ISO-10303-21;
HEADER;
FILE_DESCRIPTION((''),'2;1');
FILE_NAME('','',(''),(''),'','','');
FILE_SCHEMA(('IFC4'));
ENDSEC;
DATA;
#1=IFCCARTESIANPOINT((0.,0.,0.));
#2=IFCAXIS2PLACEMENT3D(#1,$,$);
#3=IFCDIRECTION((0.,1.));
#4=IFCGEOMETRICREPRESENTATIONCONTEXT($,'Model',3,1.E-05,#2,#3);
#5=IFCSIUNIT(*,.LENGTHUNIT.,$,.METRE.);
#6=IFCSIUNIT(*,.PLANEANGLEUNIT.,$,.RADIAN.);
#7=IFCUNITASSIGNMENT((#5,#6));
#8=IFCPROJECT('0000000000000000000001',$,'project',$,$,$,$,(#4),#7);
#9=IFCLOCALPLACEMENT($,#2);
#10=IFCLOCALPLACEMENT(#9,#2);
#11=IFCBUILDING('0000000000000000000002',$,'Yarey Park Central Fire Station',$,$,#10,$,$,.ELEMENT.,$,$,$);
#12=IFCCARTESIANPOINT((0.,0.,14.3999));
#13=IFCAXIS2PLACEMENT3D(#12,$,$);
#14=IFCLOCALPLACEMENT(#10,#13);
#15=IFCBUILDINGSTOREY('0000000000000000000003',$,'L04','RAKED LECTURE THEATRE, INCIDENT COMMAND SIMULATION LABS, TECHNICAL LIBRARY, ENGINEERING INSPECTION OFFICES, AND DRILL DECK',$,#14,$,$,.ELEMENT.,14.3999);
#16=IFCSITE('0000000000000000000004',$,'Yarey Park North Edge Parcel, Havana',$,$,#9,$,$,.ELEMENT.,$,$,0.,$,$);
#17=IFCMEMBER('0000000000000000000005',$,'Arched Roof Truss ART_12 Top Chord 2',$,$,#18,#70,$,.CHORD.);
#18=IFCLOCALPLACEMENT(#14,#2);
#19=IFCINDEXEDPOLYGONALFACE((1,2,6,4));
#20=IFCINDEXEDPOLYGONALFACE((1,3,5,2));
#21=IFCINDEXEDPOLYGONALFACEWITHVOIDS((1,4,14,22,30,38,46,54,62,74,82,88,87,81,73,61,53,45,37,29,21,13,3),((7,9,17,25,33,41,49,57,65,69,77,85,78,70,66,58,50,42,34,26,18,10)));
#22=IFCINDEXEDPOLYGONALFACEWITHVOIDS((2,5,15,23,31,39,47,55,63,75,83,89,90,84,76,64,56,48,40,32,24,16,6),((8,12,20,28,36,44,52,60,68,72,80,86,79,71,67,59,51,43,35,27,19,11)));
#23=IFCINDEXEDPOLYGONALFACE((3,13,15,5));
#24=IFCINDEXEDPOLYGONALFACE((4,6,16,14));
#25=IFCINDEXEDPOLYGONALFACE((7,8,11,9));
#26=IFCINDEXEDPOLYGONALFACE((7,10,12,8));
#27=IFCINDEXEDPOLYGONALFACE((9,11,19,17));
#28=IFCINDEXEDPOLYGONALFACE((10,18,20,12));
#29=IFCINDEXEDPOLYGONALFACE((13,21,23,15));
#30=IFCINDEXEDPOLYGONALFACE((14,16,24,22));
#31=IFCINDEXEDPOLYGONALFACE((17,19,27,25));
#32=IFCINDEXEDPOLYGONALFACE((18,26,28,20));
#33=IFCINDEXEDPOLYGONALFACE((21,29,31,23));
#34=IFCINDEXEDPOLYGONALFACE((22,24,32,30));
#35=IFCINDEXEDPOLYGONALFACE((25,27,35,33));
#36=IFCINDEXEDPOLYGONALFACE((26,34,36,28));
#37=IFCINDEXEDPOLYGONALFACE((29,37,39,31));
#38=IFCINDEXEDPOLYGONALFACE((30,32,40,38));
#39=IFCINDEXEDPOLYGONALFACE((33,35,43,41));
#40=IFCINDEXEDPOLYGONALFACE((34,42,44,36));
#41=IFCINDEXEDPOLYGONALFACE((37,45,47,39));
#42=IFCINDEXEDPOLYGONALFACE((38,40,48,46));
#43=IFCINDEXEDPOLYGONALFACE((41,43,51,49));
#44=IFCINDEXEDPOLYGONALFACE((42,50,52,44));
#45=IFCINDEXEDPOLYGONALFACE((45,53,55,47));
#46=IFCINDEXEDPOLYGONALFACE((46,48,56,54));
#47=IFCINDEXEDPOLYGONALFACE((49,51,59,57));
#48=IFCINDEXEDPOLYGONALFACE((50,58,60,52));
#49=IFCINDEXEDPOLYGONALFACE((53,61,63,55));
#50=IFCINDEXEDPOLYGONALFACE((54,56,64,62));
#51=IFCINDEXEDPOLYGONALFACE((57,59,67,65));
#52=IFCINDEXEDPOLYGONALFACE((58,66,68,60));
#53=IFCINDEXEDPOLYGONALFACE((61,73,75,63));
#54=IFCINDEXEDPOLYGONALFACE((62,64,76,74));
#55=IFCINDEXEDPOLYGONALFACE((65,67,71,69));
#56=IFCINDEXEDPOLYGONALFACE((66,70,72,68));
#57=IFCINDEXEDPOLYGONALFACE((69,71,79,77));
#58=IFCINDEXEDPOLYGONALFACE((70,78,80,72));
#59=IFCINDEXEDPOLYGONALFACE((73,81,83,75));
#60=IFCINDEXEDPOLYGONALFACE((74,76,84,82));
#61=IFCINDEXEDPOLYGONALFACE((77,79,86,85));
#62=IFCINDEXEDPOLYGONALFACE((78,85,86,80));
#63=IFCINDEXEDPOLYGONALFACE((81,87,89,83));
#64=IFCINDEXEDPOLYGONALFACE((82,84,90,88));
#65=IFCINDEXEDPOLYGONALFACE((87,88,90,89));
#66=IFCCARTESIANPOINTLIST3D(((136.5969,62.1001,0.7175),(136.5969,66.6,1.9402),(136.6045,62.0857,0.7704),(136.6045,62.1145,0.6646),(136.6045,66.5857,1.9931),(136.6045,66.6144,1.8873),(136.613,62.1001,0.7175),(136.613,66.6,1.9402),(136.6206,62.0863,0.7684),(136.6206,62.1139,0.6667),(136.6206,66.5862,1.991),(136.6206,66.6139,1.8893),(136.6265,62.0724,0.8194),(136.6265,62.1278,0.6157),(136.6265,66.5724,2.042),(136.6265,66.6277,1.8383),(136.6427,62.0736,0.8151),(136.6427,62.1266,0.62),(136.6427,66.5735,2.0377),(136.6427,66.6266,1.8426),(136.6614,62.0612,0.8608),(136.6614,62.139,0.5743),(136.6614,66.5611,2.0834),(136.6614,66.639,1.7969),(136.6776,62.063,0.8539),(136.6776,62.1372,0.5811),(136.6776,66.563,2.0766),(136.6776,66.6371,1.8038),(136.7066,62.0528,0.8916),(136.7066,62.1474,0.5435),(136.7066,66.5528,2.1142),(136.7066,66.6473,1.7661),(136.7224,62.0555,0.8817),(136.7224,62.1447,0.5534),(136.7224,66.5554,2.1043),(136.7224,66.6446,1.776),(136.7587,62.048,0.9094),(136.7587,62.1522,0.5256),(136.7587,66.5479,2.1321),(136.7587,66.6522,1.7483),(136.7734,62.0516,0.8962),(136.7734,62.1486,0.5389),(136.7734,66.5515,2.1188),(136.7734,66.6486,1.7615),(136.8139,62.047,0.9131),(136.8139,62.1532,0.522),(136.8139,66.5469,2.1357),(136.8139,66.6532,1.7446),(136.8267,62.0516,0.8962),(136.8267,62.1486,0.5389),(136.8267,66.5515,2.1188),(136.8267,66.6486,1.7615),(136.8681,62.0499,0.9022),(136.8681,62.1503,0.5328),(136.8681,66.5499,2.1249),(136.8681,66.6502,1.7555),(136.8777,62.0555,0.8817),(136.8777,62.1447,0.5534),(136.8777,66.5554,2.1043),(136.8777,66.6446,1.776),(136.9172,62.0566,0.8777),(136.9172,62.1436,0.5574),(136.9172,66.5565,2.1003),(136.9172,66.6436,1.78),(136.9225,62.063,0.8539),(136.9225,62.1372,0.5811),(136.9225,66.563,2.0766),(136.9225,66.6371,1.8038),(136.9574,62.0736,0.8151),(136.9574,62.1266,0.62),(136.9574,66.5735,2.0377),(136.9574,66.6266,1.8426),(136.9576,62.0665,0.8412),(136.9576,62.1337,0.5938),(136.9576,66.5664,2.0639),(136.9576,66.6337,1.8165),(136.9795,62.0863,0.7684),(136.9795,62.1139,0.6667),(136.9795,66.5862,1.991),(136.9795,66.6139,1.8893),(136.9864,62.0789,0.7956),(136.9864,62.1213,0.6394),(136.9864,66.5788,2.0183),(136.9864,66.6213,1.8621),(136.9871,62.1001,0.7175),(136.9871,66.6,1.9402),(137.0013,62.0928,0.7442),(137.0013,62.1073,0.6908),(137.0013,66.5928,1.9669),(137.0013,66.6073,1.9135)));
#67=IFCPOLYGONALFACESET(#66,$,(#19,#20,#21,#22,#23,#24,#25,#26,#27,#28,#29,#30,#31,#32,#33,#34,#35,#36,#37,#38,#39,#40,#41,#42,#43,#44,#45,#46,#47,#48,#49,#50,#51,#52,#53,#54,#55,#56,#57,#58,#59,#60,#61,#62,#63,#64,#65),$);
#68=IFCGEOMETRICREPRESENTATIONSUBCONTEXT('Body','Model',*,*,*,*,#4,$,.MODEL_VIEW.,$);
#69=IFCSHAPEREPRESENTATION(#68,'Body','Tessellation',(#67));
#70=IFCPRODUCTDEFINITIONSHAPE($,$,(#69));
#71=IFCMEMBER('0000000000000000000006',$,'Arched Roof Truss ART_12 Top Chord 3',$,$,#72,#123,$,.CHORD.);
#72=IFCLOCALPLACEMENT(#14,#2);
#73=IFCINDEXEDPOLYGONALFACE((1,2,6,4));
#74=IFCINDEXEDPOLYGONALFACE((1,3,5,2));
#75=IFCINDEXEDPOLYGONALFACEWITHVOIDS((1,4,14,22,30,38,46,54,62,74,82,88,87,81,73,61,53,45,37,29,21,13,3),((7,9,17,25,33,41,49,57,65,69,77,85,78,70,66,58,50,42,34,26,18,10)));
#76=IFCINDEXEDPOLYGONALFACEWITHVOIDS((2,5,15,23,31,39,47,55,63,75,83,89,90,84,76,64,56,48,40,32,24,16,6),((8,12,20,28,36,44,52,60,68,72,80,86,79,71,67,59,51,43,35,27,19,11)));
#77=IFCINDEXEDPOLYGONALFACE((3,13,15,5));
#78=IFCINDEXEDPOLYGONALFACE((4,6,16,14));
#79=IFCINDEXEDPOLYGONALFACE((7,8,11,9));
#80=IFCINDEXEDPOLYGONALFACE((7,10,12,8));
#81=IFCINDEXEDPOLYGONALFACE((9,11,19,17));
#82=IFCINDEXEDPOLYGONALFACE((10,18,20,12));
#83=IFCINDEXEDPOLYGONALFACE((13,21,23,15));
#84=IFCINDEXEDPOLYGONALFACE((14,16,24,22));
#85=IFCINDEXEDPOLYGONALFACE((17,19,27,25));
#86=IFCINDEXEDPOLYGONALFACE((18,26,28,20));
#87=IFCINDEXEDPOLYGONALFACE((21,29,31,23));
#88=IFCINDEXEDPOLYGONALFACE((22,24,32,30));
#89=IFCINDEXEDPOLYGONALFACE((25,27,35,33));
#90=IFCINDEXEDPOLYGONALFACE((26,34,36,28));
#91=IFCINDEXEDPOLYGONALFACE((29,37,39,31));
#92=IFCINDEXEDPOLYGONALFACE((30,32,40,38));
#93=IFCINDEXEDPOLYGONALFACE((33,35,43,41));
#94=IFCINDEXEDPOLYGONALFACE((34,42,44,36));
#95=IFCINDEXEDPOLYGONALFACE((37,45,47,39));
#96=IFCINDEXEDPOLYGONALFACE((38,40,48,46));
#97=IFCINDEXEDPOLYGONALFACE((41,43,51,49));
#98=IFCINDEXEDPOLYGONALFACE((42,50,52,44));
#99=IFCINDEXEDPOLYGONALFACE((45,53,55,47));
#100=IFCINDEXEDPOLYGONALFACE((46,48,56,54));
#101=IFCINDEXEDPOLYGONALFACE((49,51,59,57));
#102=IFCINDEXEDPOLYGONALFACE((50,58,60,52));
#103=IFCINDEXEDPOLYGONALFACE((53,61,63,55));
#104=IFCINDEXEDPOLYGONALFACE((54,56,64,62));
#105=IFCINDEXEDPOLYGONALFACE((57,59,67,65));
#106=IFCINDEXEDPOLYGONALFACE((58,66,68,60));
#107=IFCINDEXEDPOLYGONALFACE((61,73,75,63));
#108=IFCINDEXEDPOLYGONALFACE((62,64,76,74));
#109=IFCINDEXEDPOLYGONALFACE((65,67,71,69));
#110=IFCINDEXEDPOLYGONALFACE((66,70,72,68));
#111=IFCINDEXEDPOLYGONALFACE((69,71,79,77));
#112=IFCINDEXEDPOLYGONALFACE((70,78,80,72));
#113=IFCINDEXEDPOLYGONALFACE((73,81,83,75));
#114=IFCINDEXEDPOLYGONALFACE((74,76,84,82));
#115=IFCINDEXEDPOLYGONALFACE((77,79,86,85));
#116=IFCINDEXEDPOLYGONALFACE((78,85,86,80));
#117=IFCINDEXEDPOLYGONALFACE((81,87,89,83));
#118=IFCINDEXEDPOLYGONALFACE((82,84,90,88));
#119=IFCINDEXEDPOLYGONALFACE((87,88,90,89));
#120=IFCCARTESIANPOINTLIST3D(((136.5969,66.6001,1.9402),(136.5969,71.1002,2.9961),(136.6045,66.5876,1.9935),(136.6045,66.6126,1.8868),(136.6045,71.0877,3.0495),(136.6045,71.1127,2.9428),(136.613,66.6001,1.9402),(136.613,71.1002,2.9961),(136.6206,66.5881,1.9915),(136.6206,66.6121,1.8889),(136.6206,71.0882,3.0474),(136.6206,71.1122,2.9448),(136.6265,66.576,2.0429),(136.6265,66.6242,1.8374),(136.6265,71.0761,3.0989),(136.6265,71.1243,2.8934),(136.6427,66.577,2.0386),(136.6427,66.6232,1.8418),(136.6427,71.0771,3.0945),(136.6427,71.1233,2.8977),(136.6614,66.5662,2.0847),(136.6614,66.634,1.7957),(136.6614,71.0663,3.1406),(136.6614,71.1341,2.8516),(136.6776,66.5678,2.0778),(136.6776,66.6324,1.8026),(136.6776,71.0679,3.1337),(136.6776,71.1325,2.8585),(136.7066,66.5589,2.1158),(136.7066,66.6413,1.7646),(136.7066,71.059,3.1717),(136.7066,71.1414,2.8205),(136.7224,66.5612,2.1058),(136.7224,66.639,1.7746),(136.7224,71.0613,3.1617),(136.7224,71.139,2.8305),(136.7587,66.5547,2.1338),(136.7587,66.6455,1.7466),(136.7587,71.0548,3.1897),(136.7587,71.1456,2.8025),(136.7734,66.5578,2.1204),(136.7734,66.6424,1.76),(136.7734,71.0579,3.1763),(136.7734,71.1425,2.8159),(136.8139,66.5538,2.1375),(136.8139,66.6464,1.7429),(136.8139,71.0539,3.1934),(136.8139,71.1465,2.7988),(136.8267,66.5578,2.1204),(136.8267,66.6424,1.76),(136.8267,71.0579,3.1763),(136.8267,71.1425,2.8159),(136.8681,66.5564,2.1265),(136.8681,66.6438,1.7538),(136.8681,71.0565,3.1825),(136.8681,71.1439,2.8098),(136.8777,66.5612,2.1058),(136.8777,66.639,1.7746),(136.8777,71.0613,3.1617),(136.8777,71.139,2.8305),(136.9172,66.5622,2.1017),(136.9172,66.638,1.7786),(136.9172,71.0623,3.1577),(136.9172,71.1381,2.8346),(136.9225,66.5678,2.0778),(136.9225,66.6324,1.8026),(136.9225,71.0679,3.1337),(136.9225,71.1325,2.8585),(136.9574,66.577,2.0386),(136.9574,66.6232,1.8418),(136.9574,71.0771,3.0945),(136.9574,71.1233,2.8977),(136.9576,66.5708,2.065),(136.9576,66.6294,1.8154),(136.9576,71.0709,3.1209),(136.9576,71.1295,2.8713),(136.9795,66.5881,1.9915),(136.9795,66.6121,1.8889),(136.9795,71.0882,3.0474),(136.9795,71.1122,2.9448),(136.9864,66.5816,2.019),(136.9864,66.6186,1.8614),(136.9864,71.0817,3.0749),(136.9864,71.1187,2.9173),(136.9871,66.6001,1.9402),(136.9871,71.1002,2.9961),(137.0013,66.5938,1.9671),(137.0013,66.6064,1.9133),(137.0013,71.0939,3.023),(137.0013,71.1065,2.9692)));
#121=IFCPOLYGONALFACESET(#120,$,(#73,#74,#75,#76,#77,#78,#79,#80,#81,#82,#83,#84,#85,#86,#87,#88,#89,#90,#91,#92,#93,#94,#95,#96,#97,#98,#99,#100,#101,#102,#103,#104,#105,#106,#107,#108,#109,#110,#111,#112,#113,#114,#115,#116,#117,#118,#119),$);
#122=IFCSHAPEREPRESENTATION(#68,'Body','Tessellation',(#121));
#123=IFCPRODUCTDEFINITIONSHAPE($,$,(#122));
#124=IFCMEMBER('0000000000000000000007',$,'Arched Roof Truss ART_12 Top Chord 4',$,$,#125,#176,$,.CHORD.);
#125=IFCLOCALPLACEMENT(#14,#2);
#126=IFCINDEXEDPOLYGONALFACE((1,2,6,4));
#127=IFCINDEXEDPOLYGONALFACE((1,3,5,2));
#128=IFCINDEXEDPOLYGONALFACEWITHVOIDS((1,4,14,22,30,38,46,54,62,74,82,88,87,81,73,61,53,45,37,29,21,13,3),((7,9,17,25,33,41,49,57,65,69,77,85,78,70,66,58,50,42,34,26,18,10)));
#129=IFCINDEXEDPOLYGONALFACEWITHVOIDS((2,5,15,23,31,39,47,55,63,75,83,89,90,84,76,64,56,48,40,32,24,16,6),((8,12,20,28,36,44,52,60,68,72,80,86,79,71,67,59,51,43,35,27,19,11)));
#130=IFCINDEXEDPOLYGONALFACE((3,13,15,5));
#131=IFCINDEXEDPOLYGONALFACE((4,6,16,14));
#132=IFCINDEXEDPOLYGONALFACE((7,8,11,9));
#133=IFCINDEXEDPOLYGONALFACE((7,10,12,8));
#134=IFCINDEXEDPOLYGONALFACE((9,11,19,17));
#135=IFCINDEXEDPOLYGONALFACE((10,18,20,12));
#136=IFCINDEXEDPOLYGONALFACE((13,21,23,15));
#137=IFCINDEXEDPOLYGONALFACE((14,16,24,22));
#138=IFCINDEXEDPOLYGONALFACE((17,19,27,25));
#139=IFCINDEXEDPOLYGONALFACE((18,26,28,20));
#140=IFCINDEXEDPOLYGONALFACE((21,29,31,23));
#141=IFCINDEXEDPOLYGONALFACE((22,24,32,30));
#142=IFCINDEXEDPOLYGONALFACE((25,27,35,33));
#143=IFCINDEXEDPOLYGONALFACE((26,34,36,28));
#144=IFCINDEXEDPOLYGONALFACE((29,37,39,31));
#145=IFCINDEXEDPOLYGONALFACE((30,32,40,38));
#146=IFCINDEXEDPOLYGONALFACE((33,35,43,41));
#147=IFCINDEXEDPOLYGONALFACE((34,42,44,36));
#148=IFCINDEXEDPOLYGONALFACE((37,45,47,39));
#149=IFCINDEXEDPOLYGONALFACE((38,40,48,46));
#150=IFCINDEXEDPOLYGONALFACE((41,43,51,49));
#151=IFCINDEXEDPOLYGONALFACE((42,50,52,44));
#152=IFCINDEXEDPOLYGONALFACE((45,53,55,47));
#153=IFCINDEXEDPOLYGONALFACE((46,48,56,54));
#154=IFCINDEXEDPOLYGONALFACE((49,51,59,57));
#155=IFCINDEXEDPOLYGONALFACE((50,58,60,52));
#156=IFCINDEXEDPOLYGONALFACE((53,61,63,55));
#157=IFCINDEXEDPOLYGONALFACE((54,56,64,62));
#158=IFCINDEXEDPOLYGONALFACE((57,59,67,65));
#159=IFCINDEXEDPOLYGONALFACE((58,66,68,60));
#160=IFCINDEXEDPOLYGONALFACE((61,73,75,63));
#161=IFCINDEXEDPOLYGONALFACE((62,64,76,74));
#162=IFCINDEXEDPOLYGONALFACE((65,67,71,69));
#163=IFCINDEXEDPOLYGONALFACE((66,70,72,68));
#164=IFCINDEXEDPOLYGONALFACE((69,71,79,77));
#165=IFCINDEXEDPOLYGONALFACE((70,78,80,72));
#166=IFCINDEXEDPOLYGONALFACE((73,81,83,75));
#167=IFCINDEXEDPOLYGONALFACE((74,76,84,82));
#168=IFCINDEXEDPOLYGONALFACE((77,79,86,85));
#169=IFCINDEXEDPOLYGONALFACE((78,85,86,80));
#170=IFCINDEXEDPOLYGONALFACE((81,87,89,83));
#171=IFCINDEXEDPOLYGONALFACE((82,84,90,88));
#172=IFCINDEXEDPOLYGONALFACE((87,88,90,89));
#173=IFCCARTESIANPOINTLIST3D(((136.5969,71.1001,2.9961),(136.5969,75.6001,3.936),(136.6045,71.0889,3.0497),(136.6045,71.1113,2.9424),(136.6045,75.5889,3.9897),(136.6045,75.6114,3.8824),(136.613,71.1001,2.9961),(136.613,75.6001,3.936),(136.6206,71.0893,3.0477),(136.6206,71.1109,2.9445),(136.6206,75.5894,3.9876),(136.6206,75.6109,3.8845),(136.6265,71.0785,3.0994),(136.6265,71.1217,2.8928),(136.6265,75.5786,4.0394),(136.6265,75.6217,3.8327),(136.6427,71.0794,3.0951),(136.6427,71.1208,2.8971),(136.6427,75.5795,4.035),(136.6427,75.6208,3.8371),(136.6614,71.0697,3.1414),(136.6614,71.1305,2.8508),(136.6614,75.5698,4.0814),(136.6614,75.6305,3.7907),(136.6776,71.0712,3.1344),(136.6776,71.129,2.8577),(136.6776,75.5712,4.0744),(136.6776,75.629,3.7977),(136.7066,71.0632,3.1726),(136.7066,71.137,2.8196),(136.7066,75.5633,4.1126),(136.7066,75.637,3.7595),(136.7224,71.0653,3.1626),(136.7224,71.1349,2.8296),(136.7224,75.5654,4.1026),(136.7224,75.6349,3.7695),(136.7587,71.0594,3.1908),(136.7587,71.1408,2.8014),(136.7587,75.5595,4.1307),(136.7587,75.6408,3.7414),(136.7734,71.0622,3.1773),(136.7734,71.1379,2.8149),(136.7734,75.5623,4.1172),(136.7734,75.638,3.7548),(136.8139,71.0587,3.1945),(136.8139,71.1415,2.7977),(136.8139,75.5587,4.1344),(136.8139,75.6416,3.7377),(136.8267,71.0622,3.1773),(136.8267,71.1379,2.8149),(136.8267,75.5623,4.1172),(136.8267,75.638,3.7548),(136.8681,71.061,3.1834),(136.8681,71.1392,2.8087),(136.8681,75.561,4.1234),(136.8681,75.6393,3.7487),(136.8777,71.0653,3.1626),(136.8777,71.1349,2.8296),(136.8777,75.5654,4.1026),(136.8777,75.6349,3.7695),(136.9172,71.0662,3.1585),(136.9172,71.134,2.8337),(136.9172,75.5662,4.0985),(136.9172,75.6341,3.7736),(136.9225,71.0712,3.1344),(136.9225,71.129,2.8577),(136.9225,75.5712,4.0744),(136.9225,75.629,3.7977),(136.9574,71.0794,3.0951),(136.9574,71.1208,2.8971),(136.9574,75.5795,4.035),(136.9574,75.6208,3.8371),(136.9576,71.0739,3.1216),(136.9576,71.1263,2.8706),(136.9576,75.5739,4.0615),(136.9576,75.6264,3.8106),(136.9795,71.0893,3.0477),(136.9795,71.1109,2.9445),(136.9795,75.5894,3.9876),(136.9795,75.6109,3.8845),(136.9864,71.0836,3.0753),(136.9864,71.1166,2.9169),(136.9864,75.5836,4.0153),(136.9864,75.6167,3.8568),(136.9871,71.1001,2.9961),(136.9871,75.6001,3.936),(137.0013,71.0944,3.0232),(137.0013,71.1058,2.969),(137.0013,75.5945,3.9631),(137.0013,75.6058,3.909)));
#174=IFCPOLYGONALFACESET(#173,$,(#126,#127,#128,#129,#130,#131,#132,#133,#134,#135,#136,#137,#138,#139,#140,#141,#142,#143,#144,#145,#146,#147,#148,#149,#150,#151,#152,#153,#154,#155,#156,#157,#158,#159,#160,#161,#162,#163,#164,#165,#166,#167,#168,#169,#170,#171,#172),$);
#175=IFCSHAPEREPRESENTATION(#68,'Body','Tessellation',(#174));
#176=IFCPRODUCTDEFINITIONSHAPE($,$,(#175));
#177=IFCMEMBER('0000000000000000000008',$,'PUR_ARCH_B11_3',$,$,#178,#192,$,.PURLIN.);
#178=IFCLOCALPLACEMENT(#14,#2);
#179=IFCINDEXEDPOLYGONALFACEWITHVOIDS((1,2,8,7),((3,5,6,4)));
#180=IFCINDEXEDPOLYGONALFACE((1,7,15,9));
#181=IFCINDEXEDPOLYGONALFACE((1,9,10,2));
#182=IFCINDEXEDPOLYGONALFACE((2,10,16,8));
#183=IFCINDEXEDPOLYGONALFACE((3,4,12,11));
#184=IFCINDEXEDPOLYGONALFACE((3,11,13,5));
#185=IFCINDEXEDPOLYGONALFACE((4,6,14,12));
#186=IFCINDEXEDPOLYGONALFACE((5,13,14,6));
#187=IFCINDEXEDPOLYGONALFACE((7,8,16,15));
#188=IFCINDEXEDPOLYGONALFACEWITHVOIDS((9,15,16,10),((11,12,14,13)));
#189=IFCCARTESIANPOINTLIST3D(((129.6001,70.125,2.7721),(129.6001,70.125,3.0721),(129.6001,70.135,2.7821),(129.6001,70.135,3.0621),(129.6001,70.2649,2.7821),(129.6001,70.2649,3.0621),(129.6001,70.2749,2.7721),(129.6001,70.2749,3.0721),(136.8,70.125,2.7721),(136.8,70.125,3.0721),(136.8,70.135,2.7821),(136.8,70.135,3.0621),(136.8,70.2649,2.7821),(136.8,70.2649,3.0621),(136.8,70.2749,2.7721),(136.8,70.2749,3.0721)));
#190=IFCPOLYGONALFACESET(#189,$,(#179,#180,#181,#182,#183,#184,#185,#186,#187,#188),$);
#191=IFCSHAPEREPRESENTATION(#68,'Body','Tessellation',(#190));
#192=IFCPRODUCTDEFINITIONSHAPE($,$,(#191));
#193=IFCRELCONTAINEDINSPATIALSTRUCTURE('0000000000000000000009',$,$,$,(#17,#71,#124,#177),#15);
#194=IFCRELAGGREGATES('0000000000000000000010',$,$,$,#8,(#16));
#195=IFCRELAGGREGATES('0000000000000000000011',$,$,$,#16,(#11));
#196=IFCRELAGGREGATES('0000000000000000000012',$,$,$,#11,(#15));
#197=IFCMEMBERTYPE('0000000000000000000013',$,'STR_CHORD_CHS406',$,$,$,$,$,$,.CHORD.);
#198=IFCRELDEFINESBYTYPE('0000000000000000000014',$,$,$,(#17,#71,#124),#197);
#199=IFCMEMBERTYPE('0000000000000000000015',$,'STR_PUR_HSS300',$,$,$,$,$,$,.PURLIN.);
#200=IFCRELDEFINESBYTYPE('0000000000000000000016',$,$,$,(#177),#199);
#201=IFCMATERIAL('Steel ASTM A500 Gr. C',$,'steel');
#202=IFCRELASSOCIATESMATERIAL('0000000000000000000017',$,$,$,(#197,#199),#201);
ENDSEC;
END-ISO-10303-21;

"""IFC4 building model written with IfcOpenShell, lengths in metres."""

from ifc_helpers import new_model, si_unit, direction, frame, origin, origin_2d, place, context, subcontext, project, spatial, hollow_rectangle, hollow_circle, extrude, material, material_profile, profile_set, type_object, element, save


model = new_model("IFC4")

# Units and contexts
model_context = context("Model", 3, precision=1e-05, world=origin(), true_north=direction((0.0, 1.0)))
body_context = subcontext(model_context, "Body", "Model", "MODEL_VIEW")
ifc_project = project(units=[si_unit("LENGTHUNIT", "METRE"), si_unit("PLANEANGLEUNIT", "RADIAN")], contexts=[model_context])

# Site, building, storey
site_placement = place(None, origin())
site = spatial("IfcSite", under=ifc_project, at=site_placement, Name="Yarey Park North Edge Parcel, Havana", CompositionType="ELEMENT", RefElevation=0.0)
building_placement = place(site_placement, origin())
building = spatial("IfcBuilding", under=site, at=building_placement, Name="Yarey Park Central Fire Station", CompositionType="ELEMENT")
storey_placement = place(building_placement, frame((0.0, 0.0, 14.3999)))
storey = spatial("IfcBuildingStorey", under=building, at=storey_placement, Name="L04", Description="RAKED LECTURE THEATRE, INCIDENT COMMAND SIMULATION LABS, TECHNICAL LIBRARY, ENGINEERING INSPECTION OFFICES, AND DRILL DECK", CompositionType="ELEMENT", Elevation=14.3999)

# Members
ifc_material_1 = material(Name="Steel ASTM A500 Gr. C", Category="steel")
ifc_material_profile_1 = material_profile(ifc_material_1, hollow_circle(Radius=0.2031, WallThickness=0.0161, at=origin_2d()), Name="CHS 406.4x16")
ifc_profile_set_1 = profile_set([ifc_material_profile_1], Name="Steel ASTM A500 Gr. C")
member_type_1 = type_object("IfcMemberType", Name="STR_CHORD_CHS406", PredefinedType="CHORD", material=ifc_profile_set_1)
member_1_placement = place(storey_placement, frame((136.8, 62.1001, 0.7175), z_axis=(0.0, 0.965015, 0.262196), x_axis=(-1.0, 0.0, 0.0)))
element("IfcMember", 1, at=member_1_placement, inside=storey, type_object=member_type_1, Name="Arched Roof Truss ART_12 Top Chord 2", PredefinedType="CHORD", context=body_context, shape_type="SweptSolid", body=[
    extrude(hollow_circle(Radius=0.2031, WallThickness=0.0161, at=origin_2d()), origin(), (0.0, 0.0, 1.0), 4.6631),
])
member_2_placement = place(storey_placement, frame((136.8, 66.6001, 1.9402), z_axis=(0.0, 0.973558, 0.228442), x_axis=(-1.0, 0.0, 0.0)))
element("IfcMember", 2, at=member_2_placement, inside=storey, type_object=member_type_1, Name="Arched Roof Truss ART_12 Top Chord 3", PredefinedType="CHORD", context=body_context, shape_type="SweptSolid", body=[
    extrude(hollow_circle(Radius=0.2031, WallThickness=0.0161, at=origin_2d()), origin(), (0.0, 0.0, 1.0), 4.6223),
])
member_3_placement = place(storey_placement, frame((136.8, 71.1001, 2.9961), z_axis=(0.0, 0.978874, 0.204463), x_axis=(-1.0, 0.0, 0.0)))
element("IfcMember", 3, at=member_3_placement, inside=storey, type_object=member_type_1, Name="Arched Roof Truss ART_12 Top Chord 4", PredefinedType="CHORD", context=body_context, shape_type="SweptSolid", body=[
    extrude(hollow_circle(Radius=0.2031, WallThickness=0.0161, at=origin_2d()), origin(), (0.0, 0.0, 1.0), 4.5972),
])
ifc_material_profile_2 = material_profile(ifc_material_1, hollow_rectangle(XDim=0.1499, YDim=0.3, WallThickness=0.01, at=origin_2d()), Name="HSS 300x150x10")
ifc_profile_set_2 = profile_set([ifc_material_profile_2], Name="Steel ASTM A500 Gr. C")
member_type_2 = type_object("IfcMemberType", Name="STR_PUR_HSS300", PredefinedType="PURLIN", material=ifc_profile_set_2)
member_4_placement = place(storey_placement, frame((129.6001, 70.2, 2.9221), z_axis=(1.0, 0.0, 0.0), x_axis=(0.0, 1.0, 0.0)))
element("IfcMember", 4, at=member_4_placement, inside=storey, type_object=member_type_2, Name="PUR_ARCH_B11_3", PredefinedType="PURLIN", context=body_context, shape_type="SweptSolid", body=[
    extrude(hollow_rectangle(XDim=0.1499, YDim=0.3, WallThickness=0.01, at=origin_2d()), origin(), (0.0, 0.0, 1.0), 7.2),
])

save(model, "model.ifc")
